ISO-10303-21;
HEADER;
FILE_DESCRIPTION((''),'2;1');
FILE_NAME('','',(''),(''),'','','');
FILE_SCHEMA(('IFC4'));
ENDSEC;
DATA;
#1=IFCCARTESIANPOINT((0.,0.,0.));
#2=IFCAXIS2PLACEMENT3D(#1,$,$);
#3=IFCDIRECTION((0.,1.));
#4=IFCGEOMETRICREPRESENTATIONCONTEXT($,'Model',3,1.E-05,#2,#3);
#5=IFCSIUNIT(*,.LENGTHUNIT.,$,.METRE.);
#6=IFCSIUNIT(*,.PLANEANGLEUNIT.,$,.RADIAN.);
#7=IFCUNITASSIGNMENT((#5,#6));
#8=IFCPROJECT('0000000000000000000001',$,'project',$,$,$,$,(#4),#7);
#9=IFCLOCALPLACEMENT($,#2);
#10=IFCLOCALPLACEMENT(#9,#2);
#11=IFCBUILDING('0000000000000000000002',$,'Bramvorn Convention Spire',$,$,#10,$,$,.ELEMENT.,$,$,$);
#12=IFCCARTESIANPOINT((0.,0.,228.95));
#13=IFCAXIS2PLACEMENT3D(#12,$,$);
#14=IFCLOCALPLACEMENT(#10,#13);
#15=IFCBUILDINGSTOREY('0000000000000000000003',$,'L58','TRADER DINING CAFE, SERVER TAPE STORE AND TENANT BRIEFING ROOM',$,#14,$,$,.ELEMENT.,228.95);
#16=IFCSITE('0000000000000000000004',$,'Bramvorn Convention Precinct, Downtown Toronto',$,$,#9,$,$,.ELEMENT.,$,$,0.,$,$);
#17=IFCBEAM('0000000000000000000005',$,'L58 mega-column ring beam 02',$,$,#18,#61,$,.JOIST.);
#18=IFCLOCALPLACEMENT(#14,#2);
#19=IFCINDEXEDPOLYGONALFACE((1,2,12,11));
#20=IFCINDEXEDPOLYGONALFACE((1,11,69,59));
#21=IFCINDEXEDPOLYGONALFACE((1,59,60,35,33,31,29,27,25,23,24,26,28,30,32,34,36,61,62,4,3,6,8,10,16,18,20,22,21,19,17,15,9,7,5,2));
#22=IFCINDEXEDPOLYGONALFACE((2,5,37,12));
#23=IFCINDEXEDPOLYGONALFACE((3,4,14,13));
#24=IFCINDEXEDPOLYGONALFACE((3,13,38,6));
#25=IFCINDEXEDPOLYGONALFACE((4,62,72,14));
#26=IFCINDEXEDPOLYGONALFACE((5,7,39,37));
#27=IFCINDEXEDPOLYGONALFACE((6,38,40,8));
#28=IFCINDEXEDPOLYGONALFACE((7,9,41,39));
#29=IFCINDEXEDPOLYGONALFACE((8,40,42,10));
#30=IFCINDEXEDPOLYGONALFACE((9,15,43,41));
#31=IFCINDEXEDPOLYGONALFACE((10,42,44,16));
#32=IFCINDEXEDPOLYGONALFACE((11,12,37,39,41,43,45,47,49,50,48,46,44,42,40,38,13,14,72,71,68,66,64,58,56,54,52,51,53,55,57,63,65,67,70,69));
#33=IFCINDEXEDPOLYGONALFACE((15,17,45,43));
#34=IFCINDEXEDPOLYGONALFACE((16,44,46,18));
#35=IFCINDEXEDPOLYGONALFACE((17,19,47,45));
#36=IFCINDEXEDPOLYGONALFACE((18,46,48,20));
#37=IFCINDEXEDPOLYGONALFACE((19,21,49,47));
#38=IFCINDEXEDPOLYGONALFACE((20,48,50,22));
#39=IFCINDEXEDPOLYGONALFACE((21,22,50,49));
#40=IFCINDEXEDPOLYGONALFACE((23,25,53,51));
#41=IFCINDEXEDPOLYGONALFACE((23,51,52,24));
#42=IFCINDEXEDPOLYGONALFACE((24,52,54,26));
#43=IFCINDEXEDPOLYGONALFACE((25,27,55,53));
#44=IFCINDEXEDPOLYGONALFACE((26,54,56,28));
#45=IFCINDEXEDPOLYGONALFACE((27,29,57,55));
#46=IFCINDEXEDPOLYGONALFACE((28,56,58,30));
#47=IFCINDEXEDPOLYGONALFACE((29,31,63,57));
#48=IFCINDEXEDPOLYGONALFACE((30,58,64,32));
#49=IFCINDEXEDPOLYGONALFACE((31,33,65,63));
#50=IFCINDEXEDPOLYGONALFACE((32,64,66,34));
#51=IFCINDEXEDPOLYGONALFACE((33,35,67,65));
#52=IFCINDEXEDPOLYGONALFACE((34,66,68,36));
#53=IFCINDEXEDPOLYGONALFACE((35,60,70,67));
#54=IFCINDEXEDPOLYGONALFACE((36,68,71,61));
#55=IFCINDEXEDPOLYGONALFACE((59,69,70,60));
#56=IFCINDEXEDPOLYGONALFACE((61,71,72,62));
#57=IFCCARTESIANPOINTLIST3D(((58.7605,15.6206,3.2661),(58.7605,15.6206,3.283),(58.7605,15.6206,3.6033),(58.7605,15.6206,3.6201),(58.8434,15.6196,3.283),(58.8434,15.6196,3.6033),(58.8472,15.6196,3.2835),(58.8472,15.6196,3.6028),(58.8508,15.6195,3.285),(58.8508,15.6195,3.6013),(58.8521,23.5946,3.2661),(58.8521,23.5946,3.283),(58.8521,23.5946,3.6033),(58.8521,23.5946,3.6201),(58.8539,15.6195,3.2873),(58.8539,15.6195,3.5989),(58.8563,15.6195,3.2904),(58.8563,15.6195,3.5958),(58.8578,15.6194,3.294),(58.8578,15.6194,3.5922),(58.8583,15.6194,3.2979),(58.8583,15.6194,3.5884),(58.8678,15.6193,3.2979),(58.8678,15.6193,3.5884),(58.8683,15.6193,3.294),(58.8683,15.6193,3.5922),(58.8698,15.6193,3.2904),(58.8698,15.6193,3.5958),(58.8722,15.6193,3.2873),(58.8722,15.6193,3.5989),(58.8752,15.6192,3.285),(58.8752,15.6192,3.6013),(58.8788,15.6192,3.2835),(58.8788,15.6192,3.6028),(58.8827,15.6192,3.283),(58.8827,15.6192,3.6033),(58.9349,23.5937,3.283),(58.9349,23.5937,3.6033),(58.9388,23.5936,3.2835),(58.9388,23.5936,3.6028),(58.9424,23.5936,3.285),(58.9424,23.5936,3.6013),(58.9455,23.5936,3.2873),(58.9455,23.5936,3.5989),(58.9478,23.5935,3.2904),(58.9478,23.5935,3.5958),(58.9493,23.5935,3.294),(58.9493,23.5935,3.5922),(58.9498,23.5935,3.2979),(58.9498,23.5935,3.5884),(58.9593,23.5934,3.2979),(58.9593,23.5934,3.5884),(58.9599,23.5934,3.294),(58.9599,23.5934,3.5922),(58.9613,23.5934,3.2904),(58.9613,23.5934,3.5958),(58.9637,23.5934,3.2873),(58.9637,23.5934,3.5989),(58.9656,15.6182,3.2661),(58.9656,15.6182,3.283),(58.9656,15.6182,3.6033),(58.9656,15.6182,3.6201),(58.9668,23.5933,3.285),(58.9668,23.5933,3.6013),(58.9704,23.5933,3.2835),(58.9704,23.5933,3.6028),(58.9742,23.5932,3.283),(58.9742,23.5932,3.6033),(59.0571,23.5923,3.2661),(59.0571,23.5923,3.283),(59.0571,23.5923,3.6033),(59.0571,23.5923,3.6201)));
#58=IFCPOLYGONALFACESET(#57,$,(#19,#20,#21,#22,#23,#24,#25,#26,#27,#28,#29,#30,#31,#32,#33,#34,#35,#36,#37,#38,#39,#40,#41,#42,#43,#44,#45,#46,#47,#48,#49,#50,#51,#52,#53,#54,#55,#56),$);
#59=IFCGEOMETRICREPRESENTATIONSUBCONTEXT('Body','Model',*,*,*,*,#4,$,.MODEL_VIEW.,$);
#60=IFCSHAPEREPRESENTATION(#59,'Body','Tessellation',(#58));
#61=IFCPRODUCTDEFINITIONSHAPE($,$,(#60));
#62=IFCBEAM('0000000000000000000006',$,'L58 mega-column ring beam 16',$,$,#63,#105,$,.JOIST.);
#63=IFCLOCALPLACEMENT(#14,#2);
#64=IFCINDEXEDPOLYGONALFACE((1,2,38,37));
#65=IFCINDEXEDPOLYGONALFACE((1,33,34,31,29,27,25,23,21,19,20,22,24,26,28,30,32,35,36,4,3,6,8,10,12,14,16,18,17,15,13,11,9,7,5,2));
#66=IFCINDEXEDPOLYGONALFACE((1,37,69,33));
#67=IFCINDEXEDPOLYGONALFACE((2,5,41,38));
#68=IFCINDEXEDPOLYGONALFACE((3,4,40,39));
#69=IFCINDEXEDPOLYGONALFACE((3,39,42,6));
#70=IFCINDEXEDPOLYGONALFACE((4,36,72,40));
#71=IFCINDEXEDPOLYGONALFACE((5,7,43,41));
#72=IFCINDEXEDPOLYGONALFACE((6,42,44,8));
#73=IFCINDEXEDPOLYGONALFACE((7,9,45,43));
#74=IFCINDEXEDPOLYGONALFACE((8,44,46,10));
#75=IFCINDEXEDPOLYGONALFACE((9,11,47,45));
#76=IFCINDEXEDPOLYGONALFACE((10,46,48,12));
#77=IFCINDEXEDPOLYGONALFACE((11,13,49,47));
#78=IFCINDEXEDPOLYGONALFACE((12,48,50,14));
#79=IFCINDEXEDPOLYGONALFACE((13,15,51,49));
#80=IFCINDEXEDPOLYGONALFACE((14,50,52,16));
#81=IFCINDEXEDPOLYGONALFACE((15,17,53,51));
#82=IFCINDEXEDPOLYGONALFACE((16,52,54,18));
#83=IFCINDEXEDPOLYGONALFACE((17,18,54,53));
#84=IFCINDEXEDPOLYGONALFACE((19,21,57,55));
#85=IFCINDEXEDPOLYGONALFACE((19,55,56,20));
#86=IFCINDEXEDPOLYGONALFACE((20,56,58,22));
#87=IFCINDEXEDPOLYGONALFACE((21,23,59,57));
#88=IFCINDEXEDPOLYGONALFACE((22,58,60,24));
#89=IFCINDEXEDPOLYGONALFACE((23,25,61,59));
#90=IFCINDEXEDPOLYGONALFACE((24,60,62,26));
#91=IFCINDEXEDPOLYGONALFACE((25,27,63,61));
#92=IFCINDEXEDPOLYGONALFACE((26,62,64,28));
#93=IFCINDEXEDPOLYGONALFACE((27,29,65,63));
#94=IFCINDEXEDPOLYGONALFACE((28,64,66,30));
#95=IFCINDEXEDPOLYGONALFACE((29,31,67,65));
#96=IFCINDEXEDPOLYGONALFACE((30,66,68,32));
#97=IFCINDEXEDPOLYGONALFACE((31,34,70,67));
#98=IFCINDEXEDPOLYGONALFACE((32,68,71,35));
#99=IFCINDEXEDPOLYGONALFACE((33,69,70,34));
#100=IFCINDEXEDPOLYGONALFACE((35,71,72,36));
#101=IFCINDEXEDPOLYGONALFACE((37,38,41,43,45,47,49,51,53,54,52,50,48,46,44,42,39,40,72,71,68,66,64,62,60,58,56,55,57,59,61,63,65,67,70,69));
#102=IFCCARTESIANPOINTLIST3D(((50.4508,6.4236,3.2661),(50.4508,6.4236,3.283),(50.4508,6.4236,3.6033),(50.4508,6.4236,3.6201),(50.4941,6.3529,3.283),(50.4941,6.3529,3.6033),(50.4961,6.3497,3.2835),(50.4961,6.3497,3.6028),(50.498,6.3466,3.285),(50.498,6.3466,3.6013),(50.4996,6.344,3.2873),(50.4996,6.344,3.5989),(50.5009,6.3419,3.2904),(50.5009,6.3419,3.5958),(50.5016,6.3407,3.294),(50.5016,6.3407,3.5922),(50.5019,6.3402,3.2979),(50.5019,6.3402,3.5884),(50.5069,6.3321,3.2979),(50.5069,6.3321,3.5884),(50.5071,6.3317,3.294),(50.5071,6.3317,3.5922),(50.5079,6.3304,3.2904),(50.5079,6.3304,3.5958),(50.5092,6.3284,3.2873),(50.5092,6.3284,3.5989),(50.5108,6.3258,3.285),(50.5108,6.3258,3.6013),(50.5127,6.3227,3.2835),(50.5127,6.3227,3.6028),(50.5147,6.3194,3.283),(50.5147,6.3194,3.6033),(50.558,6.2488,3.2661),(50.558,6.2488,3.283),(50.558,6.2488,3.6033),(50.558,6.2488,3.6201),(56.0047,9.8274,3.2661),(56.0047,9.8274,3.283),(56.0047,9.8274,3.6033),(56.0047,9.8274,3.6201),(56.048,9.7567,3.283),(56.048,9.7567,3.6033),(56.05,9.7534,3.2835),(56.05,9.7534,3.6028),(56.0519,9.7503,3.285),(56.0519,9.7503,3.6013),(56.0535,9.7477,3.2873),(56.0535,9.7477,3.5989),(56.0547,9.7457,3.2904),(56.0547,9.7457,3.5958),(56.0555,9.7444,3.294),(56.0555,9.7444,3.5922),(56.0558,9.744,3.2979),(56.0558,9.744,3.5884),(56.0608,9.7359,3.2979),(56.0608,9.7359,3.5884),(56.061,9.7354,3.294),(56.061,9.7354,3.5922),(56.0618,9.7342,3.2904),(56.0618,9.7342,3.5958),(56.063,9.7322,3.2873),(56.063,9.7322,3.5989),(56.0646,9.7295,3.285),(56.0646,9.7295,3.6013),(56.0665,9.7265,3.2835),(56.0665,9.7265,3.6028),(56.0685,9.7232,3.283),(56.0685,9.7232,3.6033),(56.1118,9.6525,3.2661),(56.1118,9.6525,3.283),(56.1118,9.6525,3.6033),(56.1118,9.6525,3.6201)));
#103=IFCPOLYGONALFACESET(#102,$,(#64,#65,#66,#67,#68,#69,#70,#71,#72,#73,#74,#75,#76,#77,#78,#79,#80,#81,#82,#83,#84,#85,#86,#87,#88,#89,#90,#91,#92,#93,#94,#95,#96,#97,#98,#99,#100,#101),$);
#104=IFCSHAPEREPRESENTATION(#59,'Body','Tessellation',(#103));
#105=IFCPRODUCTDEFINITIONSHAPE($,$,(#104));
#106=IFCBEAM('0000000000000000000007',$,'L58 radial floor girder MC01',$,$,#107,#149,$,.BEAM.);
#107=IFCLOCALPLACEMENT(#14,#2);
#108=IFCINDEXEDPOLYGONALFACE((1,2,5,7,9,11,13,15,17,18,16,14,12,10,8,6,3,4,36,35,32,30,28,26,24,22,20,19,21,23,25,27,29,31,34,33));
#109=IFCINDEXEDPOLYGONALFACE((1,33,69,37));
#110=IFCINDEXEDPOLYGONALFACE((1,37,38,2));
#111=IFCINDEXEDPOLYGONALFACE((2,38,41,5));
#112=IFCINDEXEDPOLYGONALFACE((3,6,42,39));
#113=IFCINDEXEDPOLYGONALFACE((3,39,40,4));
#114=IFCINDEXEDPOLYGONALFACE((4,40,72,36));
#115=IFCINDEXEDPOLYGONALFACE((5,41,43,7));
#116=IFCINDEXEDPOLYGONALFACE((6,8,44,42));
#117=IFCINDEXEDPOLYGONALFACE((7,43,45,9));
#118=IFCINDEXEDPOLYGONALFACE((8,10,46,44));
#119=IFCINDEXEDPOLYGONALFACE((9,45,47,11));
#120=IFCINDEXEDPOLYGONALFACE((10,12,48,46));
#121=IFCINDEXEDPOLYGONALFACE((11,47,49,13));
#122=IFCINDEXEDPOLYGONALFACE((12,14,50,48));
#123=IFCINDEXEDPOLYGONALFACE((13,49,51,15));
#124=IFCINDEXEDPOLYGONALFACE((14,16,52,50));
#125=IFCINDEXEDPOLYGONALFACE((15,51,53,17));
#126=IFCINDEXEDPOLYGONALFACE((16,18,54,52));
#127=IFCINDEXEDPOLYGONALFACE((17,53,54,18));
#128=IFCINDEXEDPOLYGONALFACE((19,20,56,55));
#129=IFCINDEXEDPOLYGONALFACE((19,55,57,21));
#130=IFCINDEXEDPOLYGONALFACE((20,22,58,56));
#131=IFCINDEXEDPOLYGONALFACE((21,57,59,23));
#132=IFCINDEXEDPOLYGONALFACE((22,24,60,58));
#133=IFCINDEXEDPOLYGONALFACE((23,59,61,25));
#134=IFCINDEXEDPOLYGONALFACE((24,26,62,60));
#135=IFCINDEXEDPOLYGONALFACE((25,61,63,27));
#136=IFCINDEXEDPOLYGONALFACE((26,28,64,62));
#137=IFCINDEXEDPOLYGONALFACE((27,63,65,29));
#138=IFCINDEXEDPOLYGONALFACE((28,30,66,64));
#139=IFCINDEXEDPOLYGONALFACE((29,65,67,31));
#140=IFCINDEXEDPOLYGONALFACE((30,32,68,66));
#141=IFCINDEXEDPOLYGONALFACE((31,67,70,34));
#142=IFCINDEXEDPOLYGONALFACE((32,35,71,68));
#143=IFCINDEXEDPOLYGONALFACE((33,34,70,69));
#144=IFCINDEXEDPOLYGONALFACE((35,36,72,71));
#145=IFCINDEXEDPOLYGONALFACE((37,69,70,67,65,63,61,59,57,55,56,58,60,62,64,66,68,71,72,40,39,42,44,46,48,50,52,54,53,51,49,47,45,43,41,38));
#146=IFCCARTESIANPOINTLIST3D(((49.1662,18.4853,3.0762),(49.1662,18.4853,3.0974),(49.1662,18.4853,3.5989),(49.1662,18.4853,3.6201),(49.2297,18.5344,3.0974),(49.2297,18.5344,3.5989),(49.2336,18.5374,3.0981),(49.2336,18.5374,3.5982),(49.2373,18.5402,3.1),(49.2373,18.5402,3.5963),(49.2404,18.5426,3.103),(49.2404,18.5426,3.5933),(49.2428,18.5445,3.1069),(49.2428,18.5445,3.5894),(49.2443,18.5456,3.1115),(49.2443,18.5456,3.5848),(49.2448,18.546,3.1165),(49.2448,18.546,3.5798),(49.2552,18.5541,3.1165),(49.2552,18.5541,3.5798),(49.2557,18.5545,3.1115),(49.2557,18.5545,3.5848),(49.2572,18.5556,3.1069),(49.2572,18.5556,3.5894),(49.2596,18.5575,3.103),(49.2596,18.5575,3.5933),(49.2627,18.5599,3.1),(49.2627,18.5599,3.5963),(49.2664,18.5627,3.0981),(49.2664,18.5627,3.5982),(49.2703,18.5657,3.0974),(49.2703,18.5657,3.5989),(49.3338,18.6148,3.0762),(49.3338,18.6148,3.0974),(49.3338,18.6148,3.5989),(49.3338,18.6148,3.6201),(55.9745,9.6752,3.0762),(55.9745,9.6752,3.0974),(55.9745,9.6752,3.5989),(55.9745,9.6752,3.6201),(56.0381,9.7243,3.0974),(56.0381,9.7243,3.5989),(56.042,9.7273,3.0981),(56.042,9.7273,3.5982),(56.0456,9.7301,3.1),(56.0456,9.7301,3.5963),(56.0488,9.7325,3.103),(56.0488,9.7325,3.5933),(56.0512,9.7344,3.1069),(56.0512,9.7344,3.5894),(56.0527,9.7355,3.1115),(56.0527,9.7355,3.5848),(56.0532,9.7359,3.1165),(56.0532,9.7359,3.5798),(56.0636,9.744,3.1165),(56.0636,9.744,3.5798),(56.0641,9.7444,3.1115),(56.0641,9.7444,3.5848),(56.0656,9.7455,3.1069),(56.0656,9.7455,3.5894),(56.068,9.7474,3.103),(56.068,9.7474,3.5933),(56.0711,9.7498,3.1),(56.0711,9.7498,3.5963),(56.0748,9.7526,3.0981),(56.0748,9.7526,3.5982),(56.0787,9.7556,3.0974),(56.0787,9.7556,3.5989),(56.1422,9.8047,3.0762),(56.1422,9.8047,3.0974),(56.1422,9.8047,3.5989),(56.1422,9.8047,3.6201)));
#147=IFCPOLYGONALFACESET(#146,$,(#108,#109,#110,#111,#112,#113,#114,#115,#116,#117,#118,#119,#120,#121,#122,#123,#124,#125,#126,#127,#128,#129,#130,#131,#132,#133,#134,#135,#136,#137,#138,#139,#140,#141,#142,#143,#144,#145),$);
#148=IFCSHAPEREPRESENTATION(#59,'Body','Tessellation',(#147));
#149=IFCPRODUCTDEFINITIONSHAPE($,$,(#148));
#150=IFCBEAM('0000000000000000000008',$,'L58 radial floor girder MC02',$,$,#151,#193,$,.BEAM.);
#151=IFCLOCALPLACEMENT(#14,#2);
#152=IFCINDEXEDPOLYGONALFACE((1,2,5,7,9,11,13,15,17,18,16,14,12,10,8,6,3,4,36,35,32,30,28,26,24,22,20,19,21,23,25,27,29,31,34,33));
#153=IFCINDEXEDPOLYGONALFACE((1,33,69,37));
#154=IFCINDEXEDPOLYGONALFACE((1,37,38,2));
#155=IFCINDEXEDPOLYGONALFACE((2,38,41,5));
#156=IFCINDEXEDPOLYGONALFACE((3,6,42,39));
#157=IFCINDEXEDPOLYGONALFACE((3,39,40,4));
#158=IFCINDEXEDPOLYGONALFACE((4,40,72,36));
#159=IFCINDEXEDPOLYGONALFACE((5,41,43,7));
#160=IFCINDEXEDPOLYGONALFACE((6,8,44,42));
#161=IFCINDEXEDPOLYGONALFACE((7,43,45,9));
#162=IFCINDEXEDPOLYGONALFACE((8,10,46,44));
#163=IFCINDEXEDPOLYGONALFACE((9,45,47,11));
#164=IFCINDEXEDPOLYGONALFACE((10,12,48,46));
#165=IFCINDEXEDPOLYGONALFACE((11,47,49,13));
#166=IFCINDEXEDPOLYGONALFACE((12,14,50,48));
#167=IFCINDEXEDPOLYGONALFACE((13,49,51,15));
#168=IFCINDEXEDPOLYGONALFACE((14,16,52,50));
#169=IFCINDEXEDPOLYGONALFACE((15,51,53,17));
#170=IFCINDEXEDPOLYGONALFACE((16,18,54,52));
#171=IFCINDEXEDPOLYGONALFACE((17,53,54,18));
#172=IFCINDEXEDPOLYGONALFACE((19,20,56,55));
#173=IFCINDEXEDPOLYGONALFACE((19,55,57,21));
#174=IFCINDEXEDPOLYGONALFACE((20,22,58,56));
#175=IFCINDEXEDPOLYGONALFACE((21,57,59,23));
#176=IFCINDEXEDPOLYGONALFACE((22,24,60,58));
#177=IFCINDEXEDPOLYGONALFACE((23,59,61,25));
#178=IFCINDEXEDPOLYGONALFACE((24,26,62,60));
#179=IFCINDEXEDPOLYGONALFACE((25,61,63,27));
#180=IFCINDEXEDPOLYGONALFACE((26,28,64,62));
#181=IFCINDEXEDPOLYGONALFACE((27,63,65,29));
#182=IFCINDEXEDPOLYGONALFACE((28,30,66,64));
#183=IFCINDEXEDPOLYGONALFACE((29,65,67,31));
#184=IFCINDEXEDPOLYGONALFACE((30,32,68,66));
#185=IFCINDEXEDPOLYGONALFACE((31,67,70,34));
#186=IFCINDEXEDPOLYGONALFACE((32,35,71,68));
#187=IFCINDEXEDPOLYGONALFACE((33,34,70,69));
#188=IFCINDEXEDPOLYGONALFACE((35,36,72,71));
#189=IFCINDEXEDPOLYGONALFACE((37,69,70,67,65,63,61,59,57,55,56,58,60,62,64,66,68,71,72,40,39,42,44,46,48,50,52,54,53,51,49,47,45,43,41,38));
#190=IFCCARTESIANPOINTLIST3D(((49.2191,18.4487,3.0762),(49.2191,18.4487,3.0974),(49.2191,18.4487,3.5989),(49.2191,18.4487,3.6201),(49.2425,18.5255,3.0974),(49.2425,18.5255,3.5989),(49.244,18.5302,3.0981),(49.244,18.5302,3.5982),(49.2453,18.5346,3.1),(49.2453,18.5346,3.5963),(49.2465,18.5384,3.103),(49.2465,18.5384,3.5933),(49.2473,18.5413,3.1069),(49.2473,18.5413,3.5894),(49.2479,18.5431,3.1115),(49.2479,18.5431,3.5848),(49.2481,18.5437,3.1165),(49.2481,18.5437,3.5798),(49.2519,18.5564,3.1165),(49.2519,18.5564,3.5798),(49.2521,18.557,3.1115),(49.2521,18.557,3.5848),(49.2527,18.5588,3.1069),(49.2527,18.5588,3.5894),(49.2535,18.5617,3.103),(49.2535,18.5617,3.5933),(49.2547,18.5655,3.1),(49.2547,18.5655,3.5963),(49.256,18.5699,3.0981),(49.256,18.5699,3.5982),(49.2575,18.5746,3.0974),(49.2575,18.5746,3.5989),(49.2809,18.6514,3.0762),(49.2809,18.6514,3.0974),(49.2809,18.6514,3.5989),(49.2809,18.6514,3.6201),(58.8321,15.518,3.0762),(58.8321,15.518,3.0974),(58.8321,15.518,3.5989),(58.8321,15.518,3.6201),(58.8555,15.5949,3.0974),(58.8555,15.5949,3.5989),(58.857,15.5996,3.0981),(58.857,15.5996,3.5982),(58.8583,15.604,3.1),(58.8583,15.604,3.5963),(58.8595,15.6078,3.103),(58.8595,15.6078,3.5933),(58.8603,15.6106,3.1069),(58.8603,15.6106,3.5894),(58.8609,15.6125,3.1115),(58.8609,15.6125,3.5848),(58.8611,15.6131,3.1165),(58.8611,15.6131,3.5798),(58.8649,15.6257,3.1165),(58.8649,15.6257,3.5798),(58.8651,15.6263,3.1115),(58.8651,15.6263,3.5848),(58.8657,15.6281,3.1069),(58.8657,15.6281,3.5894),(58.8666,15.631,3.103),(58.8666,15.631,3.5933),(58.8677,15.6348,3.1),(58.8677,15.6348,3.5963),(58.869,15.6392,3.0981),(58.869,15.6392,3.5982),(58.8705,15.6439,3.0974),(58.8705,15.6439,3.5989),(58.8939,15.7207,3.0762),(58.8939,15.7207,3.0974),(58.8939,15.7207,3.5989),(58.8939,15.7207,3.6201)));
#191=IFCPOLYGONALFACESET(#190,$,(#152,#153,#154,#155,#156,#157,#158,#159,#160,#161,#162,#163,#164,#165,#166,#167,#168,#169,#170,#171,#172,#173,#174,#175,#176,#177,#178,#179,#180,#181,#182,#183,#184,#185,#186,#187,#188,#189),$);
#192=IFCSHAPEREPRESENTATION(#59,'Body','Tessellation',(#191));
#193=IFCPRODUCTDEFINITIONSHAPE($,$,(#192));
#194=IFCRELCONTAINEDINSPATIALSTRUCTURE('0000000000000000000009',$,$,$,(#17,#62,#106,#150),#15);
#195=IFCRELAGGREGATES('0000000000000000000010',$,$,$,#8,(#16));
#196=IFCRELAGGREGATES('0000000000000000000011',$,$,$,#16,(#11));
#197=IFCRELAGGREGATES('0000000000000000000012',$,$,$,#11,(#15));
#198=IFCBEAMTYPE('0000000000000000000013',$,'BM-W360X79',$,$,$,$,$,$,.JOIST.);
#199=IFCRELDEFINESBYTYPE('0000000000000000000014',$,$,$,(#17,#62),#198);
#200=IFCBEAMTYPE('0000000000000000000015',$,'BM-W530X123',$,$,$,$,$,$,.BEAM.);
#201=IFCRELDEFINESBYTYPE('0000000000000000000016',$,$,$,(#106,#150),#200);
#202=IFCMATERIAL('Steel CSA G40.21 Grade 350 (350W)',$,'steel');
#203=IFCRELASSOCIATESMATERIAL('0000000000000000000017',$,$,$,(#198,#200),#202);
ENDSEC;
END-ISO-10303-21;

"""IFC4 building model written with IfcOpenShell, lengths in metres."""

from ifc_helpers import new_model, si_unit, direction, frame, origin, origin_2d, place, context, subcontext, project, spatial, i_section, extrude, material, material_profile, profile_set, type_object, element, save


model = new_model("IFC4")

# Units and contexts
model_context = context("Model", 3, precision=1e-05, world=origin(), true_north=direction((0.0, 1.0)))
body_context = subcontext(model_context, "Body", "Model", "MODEL_VIEW")
ifc_project = project(units=[si_unit("LENGTHUNIT", "METRE"), si_unit("PLANEANGLEUNIT", "RADIAN")], contexts=[model_context])

# Site, building, storey
site_placement = place(None, origin())
site = spatial("IfcSite", under=ifc_project, at=site_placement, Name="Bramvorn Convention Precinct, Downtown Toronto", CompositionType="ELEMENT", RefElevation=0.0)
building_placement = place(site_placement, origin())
building = spatial("IfcBuilding", under=site, at=building_placement, Name="Bramvorn Convention Spire", CompositionType="ELEMENT")
storey_placement = place(building_placement, frame((0.0, 0.0, 228.95)))
storey = spatial("IfcBuildingStorey", under=building, at=storey_placement, Name="L58", Description="TRADER DINING CAFE, SERVER TAPE STORE AND TENANT BRIEFING ROOM", CompositionType="ELEMENT", Elevation=228.95)

# Shared definitions
ifc_material_1 = material(Name="Steel CSA G40.21 Grade 350 (350W)", Category="steel")

# Beams
ifc_material_profile_1 = material_profile(ifc_material_1, i_section(OverallWidth=0.2051, OverallDepth=0.354, WebThickness=0.0095, FlangeThickness=0.0168, FilletRadius=0.0149, at=origin_2d()))
ifc_profile_set_1 = profile_set([ifc_material_profile_1], Name="Steel CSA G40.21 Grade 350 (350W) - W360X79")
beam_type_1 = type_object("IfcBeamType", Name="BM-W360X79", PredefinedType="JOIST", material=ifc_profile_set_1)
beam_1_placement = place(storey_placement, frame((58.863, 15.6194, 3.4431), z_axis=(0.01148, 0.999934, 0.0), x_axis=(-0.999934, 0.01148, 0.0)))
element("IfcBeam", 1, at=beam_1_placement, inside=storey, type_object=beam_type_1, Name="L58 mega-column ring beam 02", PredefinedType="JOIST", context=body_context, shape_type="SweptSolid", body=[
    extrude(i_section(OverallWidth=0.2051, OverallDepth=0.354, WebThickness=0.0095, FlangeThickness=0.0168, FilletRadius=0.0149, at=origin_2d()), origin(), (0.0, 0.0, 1.0), 7.9746),
])
beam_2_placement = place(storey_placement, frame((50.5044, 6.3362, 3.4431), z_axis=(0.852617, 0.522537, 0.0), x_axis=(-0.522537, 0.852617, 0.0)))
element("IfcBeam", 2, at=beam_2_placement, inside=storey, type_object=beam_type_1, Name="L58 mega-column ring beam 16", PredefinedType="JOIST", context=body_context, shape_type="SweptSolid", body=[
    extrude(i_section(OverallWidth=0.2051, OverallDepth=0.354, WebThickness=0.0095, FlangeThickness=0.0168, FilletRadius=0.0149, at=origin_2d()), origin(), (0.0, 0.0, 1.0), 6.5139),
])
ifc_material_profile_2 = material_profile(ifc_material_1, i_section(OverallWidth=0.2119, OverallDepth=0.5439, WebThickness=0.0132, FlangeThickness=0.0212, FilletRadius=0.019, at=origin_2d()))
ifc_profile_set_2 = profile_set([ifc_material_profile_2], Name="Steel CSA G40.21 Grade 350 (350W) - W530X123")
beam_type_2 = type_object("IfcBeamType", Name="BM-W530X123", PredefinedType="BEAM", material=ifc_profile_set_2)
beam_3_placement = place(storey_placement, frame((49.25, 18.55, 3.3481), z_axis=(0.61148, -0.79126, 0.0), x_axis=(0.79126, 0.61148, 0.0)))
element("IfcBeam", 3, at=beam_3_placement, inside=storey, type_object=beam_type_2, Name="L58 radial floor girder MC01", PredefinedType="BEAM", context=body_context, shape_type="SweptSolid", body=[
    extrude(i_section(OverallWidth=0.2119, OverallDepth=0.5439, WebThickness=0.0132, FlangeThickness=0.0212, FilletRadius=0.019, at=origin_2d()), origin(), (0.0, 0.0, 1.0), 11.1343),
])
beam_4_placement = place(storey_placement, frame((49.25, 18.55, 3.3481), z_axis=(0.956536, -0.291613, 0.0), x_axis=(0.291613, 0.956536, 0.0)))
element("IfcBeam", 4, at=beam_4_placement, inside=storey, type_object=beam_type_2, Name="L58 radial floor girder MC02", PredefinedType="BEAM", context=body_context, shape_type="SweptSolid", body=[
    extrude(i_section(OverallWidth=0.2119, OverallDepth=0.5439, WebThickness=0.0132, FlangeThickness=0.0212, FilletRadius=0.019, at=origin_2d()), origin(), (0.0, 0.0, 1.0), 10.0498),
])

save(model, "model.ifc")
